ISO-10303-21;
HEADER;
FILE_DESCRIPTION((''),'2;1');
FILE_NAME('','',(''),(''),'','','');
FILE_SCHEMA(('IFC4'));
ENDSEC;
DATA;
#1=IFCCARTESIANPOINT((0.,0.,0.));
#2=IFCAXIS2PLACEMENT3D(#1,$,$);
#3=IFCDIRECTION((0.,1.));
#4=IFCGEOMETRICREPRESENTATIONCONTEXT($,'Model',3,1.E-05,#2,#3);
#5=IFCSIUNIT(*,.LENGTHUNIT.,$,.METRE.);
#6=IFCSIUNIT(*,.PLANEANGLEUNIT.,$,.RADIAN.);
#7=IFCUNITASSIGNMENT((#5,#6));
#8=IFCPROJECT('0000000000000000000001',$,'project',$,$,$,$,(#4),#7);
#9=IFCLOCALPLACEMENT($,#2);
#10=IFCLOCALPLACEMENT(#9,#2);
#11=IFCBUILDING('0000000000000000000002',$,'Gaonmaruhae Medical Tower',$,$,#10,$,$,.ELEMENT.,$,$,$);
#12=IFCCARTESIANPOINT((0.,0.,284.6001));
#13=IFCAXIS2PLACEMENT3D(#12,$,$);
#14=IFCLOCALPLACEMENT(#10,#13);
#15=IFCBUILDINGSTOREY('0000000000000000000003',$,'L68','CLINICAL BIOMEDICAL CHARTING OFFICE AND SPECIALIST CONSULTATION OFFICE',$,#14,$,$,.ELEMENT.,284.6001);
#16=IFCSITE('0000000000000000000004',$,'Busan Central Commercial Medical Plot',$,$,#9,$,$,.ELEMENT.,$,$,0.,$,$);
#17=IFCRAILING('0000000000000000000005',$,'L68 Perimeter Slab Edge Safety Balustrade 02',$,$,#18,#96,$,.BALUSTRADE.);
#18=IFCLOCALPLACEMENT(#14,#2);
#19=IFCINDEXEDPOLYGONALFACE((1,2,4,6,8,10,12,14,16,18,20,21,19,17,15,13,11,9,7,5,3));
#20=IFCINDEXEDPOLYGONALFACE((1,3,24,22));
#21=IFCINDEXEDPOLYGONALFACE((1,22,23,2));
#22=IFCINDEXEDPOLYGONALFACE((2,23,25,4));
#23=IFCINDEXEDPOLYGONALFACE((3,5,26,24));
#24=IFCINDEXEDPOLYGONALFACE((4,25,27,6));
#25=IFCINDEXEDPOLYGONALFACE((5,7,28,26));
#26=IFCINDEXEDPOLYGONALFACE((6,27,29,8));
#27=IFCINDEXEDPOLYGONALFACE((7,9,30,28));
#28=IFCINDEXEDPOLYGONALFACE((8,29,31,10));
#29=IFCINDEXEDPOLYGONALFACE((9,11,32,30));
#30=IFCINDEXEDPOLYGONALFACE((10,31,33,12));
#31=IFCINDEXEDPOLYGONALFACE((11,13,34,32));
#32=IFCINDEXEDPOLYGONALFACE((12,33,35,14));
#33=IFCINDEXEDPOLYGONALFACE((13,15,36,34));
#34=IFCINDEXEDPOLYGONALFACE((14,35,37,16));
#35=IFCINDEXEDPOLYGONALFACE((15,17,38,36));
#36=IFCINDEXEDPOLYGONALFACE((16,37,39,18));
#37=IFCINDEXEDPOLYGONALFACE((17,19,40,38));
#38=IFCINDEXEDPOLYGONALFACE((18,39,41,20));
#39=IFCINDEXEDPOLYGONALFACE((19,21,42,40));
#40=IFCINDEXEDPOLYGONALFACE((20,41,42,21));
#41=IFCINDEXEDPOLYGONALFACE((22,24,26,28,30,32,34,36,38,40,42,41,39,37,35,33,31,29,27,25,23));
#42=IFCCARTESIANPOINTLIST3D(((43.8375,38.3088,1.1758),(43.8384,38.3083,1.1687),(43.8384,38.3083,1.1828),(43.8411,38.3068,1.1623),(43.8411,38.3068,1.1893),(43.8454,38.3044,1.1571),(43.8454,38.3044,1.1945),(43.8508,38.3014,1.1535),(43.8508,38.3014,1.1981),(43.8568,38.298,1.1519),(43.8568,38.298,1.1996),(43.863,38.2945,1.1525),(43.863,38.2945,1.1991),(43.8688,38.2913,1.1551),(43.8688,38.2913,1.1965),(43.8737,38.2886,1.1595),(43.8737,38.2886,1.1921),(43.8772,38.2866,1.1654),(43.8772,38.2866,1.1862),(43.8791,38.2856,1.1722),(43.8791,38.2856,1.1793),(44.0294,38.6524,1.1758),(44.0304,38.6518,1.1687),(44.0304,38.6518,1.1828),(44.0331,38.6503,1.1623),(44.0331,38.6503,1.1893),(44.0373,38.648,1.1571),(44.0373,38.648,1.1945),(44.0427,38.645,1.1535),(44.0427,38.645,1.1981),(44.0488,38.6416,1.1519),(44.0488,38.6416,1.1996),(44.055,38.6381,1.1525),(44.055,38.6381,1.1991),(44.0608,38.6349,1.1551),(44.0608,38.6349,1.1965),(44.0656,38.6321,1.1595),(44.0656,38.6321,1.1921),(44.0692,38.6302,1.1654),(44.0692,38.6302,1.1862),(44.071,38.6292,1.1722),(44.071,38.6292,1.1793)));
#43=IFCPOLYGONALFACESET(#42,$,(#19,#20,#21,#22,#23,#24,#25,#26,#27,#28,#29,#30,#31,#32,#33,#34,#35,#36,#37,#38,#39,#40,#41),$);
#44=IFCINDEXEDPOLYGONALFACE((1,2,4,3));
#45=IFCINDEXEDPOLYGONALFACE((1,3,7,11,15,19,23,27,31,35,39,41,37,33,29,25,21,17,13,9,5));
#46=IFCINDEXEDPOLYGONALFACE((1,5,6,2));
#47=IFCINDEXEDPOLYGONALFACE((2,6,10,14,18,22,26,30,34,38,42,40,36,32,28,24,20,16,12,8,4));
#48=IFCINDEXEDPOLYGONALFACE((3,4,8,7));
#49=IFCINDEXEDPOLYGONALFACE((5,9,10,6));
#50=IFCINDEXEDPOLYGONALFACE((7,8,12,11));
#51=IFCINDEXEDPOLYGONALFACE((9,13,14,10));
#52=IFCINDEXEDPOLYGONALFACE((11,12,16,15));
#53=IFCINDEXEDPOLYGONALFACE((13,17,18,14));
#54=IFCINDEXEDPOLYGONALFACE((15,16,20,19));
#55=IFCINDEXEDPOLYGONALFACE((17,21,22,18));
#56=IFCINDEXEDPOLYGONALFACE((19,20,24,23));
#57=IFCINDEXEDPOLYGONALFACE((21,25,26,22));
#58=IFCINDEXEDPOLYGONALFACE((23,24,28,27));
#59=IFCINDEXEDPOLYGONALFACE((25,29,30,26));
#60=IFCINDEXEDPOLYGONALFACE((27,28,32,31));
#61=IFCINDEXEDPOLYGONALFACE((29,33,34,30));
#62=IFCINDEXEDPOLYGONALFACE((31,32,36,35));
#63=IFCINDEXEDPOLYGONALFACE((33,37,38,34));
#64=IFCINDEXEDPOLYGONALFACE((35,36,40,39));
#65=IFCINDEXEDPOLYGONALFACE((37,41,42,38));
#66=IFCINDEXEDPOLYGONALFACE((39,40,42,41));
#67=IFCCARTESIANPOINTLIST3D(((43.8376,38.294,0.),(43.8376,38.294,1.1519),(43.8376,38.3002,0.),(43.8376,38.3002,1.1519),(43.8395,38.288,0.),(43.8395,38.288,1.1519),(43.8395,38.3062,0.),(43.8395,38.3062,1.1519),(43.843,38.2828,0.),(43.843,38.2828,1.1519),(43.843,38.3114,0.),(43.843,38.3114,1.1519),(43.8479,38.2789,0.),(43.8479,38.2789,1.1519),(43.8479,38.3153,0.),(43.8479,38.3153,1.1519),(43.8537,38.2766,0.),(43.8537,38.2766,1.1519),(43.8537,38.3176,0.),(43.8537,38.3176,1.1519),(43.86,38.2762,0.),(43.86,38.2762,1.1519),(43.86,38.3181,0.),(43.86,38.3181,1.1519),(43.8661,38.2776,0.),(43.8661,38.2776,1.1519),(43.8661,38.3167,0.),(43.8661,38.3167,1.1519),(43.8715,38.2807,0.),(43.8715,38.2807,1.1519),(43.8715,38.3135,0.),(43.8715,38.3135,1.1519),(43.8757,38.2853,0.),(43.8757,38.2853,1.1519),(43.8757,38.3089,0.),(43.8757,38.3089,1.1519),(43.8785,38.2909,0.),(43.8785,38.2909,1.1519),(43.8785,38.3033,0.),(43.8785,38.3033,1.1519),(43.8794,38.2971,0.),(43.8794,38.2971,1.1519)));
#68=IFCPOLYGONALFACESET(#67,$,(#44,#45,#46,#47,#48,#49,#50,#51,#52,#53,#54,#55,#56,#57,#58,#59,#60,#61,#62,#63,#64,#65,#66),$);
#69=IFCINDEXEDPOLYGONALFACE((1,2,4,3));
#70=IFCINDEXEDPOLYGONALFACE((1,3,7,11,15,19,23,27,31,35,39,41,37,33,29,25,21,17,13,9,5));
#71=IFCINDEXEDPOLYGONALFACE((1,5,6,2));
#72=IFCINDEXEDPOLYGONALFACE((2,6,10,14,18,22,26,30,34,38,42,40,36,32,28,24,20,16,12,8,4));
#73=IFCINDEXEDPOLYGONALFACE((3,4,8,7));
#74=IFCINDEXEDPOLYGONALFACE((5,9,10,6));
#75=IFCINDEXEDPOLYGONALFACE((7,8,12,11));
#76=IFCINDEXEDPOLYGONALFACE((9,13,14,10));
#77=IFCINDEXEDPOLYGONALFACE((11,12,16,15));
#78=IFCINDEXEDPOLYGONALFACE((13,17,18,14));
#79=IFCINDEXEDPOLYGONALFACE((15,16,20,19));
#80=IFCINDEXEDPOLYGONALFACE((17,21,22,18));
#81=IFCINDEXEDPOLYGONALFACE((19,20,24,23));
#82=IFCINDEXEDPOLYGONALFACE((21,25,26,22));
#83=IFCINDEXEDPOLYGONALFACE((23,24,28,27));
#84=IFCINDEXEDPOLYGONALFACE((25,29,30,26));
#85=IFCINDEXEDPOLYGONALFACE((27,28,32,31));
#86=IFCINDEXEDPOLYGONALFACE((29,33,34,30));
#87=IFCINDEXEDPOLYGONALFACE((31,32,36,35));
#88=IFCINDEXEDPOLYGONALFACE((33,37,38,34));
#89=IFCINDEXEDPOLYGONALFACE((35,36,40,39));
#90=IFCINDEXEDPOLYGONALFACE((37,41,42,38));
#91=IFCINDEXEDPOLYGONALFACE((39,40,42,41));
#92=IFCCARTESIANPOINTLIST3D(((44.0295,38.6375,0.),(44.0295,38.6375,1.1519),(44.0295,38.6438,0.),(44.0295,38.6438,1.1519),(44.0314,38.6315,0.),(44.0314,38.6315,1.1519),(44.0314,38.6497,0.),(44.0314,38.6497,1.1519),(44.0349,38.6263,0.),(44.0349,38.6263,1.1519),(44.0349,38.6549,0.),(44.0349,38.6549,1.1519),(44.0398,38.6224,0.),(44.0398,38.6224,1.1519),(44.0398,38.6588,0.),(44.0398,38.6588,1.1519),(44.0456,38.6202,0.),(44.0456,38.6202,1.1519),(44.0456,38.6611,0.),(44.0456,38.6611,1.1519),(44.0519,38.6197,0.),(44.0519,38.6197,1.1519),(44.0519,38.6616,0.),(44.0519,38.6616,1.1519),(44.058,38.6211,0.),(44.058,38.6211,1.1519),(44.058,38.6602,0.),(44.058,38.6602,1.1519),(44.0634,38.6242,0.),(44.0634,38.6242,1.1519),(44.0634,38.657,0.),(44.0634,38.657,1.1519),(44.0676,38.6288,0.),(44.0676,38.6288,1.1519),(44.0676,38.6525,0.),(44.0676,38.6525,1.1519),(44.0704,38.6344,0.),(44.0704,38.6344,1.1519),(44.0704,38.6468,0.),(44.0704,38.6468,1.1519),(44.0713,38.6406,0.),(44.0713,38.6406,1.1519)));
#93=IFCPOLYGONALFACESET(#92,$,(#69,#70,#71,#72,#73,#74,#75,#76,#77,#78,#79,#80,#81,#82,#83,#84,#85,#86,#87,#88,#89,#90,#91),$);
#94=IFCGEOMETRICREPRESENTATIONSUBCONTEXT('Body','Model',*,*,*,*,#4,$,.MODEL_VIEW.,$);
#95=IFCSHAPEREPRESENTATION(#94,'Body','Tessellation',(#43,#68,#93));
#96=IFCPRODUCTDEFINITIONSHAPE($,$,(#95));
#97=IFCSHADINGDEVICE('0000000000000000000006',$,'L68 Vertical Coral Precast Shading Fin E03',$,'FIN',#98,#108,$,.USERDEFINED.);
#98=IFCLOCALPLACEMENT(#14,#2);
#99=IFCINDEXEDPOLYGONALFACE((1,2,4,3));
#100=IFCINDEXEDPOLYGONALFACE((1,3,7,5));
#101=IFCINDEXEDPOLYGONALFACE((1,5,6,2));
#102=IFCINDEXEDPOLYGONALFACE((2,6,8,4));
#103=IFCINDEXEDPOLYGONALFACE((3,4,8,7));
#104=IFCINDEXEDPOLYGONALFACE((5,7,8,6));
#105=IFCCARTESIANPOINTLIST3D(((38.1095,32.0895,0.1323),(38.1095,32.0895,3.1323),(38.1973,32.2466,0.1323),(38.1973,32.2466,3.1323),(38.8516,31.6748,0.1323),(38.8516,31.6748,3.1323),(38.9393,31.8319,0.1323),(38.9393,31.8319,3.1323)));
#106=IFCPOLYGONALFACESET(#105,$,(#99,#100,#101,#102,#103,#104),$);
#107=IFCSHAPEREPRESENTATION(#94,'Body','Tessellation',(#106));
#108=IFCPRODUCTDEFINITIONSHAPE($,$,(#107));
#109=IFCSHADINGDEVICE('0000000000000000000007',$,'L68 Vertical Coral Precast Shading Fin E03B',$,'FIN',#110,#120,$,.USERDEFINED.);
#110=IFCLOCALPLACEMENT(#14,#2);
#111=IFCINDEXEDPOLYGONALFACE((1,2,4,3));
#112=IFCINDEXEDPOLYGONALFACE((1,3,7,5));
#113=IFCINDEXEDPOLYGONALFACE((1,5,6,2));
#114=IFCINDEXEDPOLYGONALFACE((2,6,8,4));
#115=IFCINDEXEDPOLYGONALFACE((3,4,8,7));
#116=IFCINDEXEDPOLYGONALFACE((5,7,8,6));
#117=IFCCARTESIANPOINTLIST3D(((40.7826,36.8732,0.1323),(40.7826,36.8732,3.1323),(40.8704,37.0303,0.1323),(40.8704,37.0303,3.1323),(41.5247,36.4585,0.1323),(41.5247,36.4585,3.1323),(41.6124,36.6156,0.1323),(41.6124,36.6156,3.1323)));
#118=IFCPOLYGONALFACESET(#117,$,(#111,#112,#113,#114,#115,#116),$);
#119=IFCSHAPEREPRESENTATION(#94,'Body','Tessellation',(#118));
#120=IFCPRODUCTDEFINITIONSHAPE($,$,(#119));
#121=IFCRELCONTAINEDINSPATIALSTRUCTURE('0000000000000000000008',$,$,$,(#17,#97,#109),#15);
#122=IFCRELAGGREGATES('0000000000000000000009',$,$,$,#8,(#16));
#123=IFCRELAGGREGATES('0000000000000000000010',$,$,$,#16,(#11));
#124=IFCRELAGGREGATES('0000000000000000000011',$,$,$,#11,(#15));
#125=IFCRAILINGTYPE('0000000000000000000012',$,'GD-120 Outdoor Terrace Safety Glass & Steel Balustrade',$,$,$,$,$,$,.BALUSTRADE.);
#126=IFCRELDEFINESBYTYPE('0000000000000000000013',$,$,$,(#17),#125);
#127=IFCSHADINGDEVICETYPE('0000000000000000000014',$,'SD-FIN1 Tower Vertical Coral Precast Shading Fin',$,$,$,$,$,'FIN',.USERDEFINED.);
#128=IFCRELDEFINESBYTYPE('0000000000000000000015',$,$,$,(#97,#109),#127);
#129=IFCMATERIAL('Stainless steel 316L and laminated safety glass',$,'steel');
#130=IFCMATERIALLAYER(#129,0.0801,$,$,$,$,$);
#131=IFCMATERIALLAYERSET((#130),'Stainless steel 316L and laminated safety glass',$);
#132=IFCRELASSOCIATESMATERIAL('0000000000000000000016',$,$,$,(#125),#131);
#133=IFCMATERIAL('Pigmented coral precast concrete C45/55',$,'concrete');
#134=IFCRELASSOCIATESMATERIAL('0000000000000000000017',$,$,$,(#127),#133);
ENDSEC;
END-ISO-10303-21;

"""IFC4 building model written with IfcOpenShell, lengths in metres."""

from ifc_helpers import new_model, si_unit, direction, frame, origin, origin_2d, place, context, subcontext, project, spatial, rectangle, circle, extrude, material, layer, layer_set, type_object, element, save


model = new_model("IFC4")

# Units and contexts
model_context = context("Model", 3, precision=1e-05, world=origin(), true_north=direction((0.0, 1.0)))
body_context = subcontext(model_context, "Body", "Model", "MODEL_VIEW")
ifc_project = project(units=[si_unit("LENGTHUNIT", "METRE"), si_unit("PLANEANGLEUNIT", "RADIAN")], contexts=[model_context])

# Site, building, storey
site_placement = place(None, origin())
site = spatial("IfcSite", under=ifc_project, at=site_placement, Name="Busan Central Commercial Medical Plot", CompositionType="ELEMENT", RefElevation=0.0)
building_placement = place(site_placement, origin())
building = spatial("IfcBuilding", under=site, at=building_placement, Name="Gaonmaruhae Medical Tower", CompositionType="ELEMENT")
storey_placement = place(building_placement, frame((0.0, 0.0, 284.6001)))
storey = spatial("IfcBuildingStorey", under=building, at=storey_placement, Name="L68", Description="CLINICAL BIOMEDICAL CHARTING OFFICE AND SPECIALIST CONSULTATION OFFICE", CompositionType="ELEMENT", Elevation=284.6001)

# Railing
ifc_material_1 = material(Name="Stainless steel 316L and laminated safety glass", Category="steel")
ifc_layer_1 = layer(ifc_material_1, 0.0801)
ifc_layer_set_1 = layer_set([ifc_layer_1], Name="Stainless steel 316L and laminated safety glass")
railing_type = type_object("IfcRailingType", Name="GD-120 Outdoor Terrace Safety Glass & Steel Balustrade", PredefinedType="BALUSTRADE", material=ifc_layer_set_1)
railing_placement = place(storey_placement, frame((43.8584, 38.2971, 0.0)))
element("IfcRailing", 1, at=railing_placement, inside=storey, type_object=railing_type, Name="L68 Perimeter Slab Edge Safety Balustrade 02", PredefinedType="BALUSTRADE", context=body_context, shape_type="SweptSolid", body=[
    extrude(circle(Radius=0.0239, at=origin_2d()), frame((0.0, 0.0, 1.1758), z_axis=(0.487696, 0.873013, 0.0), x_axis=(-0.873013, 0.487696, 0.0)), (0.0, 0.0, 1.0), 0.3936),
    extrude(circle(Radius=0.021, at=origin_2d()), origin(), (0.0, 0.0, 1.0), 1.1519),
    extrude(circle(Radius=0.021, at=origin_2d()), frame((0.1919, 0.3435, 0.0)), (0.0, 0.0, 1.0), 1.1519),
])

# Shading devices
ifc_material_2 = material(Name="Pigmented coral precast concrete C45/55", Category="concrete")
shading_device_type = type_object("IfcShadingDeviceType", Name="SD-FIN1 Tower Vertical Coral Precast Shading Fin", ElementType="FIN", PredefinedType="USERDEFINED", material=ifc_material_2)
for number, where, z_axis, x_axis, name in (
    (2, (38.5244, 31.9607, 0.1323), (0.0, 0.0, 1.0), (0.48786, 0.872922, 0.0), "L68 Vertical Coral Precast Shading Fin E03"),
    (3, (41.1975, 36.7444, 0.1323), (0.0, 0.0, 1.0), (0.48786, 0.872922, 0.0), "L68 Vertical Coral Precast Shading Fin E03B"),
):
    element("IfcShadingDevice", number, at=place(storey_placement, frame(where, z_axis=z_axis, x_axis=x_axis)), inside=storey, type_object=shading_device_type, Name=name, ObjectType="FIN", PredefinedType="USERDEFINED", context=body_context, shape_type="SweptSolid", body=[
        extrude(rectangle(XDim=0.1799, YDim=0.8501, at=origin_2d()), origin(), (0.0, 0.0, 1.0), 3.0),
    ])

save(model, "model.ifc")
